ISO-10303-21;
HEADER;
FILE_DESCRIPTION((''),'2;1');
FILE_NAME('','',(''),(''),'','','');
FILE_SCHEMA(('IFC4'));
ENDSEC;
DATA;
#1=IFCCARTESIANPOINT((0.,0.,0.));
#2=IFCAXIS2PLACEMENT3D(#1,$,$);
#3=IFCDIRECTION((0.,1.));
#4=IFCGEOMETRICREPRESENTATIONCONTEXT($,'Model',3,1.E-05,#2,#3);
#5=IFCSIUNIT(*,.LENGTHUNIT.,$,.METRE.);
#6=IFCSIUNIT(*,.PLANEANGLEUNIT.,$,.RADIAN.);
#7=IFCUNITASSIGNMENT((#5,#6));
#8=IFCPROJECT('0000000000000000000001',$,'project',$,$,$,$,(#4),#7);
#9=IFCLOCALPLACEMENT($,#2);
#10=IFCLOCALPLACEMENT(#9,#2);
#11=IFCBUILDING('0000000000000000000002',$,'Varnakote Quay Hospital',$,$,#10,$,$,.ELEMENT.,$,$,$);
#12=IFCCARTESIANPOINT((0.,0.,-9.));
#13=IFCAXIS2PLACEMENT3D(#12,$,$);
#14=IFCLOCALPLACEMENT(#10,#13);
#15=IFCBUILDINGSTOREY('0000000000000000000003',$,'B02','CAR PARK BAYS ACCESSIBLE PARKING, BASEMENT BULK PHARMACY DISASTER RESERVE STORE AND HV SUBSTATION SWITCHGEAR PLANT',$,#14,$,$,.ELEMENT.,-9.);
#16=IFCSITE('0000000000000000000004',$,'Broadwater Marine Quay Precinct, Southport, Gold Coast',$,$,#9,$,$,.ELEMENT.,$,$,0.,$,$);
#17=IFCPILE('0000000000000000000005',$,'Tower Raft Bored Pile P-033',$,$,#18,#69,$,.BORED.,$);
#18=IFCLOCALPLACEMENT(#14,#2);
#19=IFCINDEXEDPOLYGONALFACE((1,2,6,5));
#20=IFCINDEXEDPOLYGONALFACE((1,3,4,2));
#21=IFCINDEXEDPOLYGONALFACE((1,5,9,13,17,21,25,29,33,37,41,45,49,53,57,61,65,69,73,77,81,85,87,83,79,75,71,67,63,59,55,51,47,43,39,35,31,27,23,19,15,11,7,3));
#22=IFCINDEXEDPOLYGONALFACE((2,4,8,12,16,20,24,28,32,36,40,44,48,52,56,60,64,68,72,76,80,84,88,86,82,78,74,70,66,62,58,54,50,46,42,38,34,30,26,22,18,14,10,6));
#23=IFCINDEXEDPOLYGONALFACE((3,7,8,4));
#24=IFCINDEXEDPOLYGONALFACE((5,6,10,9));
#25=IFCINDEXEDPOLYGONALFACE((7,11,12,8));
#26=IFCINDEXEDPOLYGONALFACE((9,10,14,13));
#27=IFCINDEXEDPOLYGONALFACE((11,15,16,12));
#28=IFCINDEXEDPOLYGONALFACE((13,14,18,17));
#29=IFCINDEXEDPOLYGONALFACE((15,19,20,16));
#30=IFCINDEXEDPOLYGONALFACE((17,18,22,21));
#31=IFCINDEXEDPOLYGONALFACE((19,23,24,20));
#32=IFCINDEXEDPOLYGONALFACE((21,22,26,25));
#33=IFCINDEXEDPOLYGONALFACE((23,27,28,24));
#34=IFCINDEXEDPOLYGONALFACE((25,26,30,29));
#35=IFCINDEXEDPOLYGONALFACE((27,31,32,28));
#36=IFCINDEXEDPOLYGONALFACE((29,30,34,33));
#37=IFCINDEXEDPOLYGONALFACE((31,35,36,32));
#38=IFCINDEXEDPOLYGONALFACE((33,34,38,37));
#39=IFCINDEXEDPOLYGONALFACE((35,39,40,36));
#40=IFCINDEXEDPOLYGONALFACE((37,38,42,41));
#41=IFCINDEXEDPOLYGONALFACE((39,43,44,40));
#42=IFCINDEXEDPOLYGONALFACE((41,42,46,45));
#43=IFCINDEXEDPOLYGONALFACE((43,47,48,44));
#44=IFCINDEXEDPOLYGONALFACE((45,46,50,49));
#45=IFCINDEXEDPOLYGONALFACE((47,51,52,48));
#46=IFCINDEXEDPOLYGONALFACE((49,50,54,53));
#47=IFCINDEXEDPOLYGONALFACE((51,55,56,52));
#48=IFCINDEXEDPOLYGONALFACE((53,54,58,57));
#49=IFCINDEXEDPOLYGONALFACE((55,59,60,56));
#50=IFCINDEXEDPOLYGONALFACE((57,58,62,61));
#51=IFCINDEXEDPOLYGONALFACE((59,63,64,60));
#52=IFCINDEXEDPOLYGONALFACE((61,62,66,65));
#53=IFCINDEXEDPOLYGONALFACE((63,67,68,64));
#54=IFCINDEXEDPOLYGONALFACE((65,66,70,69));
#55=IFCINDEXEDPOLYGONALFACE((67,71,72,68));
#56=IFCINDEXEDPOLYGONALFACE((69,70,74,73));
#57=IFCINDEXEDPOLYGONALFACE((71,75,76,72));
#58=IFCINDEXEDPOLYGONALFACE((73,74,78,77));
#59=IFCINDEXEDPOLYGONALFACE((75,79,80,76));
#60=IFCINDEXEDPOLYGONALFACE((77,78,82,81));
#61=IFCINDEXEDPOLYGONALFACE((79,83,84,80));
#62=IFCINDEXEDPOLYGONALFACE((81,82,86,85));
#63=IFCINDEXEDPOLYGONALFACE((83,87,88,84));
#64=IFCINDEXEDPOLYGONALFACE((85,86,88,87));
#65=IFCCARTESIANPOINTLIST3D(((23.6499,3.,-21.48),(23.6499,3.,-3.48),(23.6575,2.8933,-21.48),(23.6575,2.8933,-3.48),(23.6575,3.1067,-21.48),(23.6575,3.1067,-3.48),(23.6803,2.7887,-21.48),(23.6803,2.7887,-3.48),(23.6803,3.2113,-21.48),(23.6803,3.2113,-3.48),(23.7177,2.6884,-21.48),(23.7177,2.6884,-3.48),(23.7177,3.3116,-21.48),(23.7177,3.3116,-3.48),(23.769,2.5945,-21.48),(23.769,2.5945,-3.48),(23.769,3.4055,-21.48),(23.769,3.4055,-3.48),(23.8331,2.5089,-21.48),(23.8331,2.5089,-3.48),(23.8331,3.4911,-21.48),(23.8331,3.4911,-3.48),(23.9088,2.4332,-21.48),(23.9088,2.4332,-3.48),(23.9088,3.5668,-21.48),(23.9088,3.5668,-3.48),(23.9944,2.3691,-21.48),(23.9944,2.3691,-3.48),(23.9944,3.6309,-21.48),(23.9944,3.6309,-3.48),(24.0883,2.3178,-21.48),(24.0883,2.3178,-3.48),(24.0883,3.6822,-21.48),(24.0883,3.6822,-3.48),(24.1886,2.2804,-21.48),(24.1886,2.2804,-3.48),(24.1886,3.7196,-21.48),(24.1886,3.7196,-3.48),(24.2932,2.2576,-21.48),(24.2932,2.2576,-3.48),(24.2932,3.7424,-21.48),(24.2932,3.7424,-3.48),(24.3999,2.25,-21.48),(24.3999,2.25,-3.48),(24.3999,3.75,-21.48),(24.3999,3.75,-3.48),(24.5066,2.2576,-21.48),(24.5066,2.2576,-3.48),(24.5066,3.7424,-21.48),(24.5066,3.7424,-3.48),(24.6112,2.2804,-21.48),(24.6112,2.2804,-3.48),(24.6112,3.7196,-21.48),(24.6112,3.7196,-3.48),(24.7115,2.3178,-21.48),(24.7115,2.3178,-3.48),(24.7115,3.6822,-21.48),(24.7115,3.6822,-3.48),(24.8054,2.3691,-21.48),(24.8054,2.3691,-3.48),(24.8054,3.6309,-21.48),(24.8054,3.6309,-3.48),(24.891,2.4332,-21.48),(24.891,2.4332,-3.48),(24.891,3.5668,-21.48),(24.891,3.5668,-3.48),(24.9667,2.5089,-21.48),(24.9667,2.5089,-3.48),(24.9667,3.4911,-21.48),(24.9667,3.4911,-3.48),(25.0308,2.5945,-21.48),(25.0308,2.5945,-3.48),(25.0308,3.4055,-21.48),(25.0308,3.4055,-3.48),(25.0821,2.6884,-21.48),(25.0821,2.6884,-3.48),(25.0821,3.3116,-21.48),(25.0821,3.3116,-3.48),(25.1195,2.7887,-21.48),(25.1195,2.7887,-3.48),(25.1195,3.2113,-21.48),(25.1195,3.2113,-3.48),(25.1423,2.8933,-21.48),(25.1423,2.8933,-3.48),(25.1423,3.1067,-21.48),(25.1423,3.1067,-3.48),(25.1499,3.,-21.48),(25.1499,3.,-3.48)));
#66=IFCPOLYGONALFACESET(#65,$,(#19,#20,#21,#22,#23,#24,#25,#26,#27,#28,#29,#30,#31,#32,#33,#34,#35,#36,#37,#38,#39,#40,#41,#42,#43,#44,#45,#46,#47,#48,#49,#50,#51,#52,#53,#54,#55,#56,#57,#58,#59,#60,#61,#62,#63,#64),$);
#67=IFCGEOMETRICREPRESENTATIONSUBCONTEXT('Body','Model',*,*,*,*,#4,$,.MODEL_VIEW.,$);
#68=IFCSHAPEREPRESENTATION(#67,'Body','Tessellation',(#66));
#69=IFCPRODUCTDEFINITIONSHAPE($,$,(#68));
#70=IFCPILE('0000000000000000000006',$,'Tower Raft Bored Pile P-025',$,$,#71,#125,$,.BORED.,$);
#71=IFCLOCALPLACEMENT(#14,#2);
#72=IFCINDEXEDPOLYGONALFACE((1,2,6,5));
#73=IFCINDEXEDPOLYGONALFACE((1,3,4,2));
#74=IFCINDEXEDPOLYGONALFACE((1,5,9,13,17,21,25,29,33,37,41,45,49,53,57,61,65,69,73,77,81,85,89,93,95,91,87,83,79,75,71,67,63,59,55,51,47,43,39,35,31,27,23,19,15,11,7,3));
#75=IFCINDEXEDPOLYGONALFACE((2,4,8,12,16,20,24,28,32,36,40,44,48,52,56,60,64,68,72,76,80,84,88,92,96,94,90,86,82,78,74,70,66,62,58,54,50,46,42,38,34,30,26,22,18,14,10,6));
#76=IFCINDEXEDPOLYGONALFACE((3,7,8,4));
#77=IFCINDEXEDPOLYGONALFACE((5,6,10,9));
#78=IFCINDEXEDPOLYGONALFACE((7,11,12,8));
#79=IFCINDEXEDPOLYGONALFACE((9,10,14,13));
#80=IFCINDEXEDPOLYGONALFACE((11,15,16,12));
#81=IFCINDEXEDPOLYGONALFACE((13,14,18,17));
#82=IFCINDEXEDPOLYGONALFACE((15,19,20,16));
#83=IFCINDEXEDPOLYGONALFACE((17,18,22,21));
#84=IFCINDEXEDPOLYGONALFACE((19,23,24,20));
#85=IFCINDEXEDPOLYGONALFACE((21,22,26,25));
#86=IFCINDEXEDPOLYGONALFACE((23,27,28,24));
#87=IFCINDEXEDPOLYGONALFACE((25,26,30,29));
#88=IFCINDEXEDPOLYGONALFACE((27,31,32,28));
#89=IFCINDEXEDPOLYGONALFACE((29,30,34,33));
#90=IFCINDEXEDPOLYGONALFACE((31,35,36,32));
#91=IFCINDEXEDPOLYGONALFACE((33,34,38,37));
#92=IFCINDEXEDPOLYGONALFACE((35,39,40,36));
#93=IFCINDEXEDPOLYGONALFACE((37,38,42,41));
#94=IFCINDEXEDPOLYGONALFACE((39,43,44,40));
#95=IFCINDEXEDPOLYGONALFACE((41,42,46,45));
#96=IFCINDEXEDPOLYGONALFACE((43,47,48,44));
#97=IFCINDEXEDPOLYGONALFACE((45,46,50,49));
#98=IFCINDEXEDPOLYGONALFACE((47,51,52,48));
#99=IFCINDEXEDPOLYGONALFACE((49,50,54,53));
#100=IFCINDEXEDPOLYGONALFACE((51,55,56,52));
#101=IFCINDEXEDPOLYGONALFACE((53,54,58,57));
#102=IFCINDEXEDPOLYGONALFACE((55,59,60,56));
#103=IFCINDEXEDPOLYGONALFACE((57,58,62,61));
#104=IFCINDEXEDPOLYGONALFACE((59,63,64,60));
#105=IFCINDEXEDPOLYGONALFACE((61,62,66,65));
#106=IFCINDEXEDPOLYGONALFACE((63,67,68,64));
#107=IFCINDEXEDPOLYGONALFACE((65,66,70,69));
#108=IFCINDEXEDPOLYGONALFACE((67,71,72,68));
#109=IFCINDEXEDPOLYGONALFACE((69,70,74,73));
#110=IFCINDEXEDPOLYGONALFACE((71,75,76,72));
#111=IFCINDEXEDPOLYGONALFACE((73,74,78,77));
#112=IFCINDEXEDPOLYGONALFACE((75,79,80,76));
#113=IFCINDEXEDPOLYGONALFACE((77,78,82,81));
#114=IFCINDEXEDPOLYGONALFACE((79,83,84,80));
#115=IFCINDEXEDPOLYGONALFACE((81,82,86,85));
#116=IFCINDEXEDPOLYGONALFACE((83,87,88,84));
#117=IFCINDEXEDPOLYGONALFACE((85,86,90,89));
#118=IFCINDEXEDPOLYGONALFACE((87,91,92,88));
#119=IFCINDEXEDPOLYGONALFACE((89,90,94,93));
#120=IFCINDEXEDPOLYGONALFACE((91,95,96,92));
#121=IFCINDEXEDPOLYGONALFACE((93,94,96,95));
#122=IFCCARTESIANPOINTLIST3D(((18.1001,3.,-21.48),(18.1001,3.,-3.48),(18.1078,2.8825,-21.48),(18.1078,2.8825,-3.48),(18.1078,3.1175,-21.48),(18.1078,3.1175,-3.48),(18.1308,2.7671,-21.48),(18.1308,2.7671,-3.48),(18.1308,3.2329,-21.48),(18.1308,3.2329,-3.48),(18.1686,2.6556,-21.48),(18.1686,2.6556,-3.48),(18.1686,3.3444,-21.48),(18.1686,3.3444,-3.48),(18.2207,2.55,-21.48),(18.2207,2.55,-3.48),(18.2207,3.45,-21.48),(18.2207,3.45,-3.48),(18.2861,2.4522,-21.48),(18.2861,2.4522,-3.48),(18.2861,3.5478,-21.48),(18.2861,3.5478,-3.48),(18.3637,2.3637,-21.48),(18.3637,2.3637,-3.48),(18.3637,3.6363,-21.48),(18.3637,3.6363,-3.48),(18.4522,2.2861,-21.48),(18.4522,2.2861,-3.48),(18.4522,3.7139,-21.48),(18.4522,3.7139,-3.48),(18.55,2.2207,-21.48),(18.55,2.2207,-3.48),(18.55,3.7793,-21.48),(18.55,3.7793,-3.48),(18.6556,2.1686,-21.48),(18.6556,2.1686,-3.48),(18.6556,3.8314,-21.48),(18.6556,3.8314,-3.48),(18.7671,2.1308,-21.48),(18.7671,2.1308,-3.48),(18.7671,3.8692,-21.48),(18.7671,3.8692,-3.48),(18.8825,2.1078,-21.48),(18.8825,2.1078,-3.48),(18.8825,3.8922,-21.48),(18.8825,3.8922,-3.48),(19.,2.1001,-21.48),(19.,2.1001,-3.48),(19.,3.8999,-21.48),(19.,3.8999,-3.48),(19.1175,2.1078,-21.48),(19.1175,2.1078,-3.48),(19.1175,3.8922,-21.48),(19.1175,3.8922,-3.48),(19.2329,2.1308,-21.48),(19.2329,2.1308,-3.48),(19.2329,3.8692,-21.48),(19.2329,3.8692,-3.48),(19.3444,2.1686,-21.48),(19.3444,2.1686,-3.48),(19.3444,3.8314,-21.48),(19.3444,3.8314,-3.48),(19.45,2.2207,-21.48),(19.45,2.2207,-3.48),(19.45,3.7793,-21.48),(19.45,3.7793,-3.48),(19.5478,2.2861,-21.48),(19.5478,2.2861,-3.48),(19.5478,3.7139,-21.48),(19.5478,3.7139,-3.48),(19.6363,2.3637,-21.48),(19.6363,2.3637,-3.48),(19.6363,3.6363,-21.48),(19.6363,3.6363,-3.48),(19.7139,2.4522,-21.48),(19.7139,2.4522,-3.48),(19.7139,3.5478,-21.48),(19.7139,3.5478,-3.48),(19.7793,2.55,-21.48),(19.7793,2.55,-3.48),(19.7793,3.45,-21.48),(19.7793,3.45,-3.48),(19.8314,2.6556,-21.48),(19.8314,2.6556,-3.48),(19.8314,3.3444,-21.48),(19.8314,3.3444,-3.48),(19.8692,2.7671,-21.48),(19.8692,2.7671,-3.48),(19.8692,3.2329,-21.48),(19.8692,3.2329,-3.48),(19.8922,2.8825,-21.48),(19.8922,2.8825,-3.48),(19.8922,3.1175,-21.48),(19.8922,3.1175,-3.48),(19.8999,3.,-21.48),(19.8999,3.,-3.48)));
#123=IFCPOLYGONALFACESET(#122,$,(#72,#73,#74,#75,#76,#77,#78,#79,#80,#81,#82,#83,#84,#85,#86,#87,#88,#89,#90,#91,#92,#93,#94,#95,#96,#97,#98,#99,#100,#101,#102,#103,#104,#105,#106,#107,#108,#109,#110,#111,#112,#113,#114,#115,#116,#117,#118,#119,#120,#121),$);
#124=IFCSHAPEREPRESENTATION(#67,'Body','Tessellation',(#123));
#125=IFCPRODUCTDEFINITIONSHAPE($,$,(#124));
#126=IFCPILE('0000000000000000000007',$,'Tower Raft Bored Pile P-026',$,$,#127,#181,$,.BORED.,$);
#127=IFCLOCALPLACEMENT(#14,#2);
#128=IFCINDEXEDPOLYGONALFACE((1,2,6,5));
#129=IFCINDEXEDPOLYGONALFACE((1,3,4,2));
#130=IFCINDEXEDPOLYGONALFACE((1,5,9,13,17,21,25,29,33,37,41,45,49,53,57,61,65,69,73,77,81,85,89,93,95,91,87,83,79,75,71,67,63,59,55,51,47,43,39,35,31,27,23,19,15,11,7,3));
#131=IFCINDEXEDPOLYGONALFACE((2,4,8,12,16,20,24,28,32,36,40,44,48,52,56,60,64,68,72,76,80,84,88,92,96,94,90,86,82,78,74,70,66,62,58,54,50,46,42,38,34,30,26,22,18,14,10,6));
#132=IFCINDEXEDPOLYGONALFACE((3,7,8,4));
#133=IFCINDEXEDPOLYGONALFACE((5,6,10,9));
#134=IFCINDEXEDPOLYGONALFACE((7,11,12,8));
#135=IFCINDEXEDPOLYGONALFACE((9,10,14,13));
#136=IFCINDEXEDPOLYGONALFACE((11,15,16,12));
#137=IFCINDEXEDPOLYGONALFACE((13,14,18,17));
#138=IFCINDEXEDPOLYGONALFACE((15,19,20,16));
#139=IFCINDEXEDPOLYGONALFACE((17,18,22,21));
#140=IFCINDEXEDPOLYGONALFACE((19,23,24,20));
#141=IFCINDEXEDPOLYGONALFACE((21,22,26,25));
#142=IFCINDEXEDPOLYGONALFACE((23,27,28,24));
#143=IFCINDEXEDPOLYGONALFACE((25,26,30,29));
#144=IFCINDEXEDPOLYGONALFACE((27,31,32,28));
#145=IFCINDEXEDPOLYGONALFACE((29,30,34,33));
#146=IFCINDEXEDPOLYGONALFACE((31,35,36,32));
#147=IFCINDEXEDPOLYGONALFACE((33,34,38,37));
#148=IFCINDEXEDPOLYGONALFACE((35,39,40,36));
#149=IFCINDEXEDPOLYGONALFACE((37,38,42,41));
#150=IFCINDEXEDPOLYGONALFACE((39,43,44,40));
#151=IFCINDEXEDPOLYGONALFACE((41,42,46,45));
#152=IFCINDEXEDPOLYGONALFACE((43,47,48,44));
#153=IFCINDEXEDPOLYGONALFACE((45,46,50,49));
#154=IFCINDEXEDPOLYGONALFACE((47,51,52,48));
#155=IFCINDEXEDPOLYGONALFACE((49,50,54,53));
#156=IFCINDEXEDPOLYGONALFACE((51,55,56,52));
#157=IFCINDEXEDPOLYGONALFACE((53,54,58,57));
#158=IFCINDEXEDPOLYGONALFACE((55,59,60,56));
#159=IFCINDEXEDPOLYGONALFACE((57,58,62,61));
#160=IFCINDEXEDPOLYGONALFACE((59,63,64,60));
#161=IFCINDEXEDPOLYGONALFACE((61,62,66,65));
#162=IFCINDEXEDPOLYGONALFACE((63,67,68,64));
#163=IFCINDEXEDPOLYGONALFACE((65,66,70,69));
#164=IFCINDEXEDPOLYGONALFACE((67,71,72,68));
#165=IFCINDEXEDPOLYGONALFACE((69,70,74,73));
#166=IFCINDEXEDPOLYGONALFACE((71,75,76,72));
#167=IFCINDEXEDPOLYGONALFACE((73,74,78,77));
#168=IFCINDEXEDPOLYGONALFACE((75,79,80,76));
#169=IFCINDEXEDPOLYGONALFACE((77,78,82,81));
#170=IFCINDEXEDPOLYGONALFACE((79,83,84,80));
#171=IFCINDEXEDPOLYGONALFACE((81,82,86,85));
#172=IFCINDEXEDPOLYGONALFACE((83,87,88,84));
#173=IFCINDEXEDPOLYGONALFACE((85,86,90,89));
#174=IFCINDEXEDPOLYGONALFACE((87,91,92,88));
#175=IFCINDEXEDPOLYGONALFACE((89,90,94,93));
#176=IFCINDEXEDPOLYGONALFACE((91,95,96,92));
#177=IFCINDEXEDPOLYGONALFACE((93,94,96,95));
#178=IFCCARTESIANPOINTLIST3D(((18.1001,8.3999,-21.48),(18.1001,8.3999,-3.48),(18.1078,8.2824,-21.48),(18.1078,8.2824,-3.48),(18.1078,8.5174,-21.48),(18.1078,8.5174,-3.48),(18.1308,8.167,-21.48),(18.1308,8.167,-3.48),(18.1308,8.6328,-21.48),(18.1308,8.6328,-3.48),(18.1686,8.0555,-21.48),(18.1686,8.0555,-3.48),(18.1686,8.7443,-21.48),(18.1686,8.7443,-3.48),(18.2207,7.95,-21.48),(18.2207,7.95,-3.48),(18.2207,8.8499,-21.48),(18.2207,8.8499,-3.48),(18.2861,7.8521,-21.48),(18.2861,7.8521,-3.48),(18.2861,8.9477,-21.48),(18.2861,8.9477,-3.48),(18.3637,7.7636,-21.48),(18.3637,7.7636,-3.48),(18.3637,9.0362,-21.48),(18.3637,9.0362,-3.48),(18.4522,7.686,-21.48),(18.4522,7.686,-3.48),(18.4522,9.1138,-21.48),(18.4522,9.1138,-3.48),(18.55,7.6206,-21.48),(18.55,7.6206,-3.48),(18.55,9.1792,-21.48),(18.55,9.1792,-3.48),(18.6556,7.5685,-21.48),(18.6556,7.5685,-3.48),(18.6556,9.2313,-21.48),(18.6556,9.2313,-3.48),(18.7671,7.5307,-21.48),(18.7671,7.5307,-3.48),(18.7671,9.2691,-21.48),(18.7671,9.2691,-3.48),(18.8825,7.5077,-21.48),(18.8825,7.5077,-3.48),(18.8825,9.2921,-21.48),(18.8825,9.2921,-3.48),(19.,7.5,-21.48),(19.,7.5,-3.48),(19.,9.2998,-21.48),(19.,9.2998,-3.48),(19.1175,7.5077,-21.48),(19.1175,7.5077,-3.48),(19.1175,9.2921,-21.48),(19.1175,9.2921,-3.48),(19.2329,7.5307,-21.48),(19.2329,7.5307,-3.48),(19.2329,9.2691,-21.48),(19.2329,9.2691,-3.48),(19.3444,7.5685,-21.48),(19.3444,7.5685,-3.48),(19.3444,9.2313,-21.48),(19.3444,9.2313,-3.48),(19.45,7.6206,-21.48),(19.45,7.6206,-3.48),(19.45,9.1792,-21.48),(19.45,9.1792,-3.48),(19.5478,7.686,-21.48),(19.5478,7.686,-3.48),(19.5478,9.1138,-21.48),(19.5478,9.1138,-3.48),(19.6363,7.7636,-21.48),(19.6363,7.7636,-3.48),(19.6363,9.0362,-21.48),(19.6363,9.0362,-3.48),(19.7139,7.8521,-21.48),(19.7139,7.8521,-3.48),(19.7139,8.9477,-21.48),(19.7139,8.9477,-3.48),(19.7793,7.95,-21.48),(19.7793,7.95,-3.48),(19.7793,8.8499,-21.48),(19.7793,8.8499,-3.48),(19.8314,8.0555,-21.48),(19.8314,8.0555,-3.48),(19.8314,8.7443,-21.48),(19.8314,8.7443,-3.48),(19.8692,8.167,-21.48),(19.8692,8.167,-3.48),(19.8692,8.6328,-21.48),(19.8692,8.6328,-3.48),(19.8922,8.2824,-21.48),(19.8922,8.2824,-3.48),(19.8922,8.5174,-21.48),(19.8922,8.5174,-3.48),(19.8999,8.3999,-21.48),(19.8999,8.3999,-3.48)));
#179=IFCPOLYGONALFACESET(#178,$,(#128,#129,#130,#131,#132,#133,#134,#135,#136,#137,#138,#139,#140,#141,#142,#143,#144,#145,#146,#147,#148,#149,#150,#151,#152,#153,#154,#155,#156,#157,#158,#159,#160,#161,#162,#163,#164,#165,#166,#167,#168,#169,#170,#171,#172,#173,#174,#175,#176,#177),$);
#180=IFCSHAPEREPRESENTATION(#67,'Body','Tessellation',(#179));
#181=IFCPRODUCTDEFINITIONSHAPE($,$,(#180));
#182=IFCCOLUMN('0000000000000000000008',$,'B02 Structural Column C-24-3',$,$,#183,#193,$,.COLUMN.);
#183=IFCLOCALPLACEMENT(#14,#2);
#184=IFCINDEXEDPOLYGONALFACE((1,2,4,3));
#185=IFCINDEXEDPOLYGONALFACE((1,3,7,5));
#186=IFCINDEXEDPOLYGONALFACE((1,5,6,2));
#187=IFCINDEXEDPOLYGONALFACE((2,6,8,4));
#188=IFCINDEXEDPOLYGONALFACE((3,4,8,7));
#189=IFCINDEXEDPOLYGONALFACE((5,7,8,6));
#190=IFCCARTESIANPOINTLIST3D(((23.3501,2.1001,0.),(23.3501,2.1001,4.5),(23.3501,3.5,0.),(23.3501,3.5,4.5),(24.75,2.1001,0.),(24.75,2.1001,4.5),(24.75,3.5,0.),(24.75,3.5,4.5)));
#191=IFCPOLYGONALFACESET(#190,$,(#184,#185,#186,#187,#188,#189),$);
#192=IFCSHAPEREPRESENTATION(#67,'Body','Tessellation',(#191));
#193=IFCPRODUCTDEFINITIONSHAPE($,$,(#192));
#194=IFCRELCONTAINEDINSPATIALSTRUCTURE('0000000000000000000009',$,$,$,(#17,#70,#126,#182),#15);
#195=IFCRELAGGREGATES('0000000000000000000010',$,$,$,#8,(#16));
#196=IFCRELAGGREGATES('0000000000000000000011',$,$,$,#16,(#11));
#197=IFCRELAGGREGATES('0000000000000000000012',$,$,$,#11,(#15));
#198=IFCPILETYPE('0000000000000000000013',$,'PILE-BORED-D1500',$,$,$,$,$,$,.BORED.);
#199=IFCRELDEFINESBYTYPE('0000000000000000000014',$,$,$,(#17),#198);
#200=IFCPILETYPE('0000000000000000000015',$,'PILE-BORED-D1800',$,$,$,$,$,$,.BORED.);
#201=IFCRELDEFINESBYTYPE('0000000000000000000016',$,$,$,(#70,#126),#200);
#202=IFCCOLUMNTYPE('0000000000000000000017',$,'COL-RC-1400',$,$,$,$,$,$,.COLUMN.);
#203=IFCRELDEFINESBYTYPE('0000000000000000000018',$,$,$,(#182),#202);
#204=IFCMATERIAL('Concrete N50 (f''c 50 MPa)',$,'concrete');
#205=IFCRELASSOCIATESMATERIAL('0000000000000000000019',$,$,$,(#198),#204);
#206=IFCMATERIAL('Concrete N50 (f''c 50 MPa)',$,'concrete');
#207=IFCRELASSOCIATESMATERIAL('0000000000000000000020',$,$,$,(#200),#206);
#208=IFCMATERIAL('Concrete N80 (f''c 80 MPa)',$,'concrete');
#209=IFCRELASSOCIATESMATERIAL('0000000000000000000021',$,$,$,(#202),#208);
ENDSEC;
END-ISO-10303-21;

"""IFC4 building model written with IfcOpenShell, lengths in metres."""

from ifc_helpers import new_model, si_unit, direction, frame, origin, origin_2d, place, context, subcontext, project, spatial, rectangle, circle, extrude, material, material_profile, profile_set, type_object, element, save


model = new_model("IFC4")

# Units and contexts
model_context = context("Model", 3, precision=1e-05, world=origin(), true_north=direction((0.0, 1.0)))
body_context = subcontext(model_context, "Body", "Model", "MODEL_VIEW")
ifc_project = project(units=[si_unit("LENGTHUNIT", "METRE"), si_unit("PLANEANGLEUNIT", "RADIAN")], contexts=[model_context])

# Site, building, storey
site_placement = place(None, origin())
site = spatial("IfcSite", under=ifc_project, at=site_placement, Name="Broadwater Marine Quay Precinct, Southport, Gold Coast", CompositionType="ELEMENT", RefElevation=0.0)
building_placement = place(site_placement, origin())
building = spatial("IfcBuilding", under=site, at=building_placement, Name="Varnakote Quay Hospital", CompositionType="ELEMENT")
storey_placement = place(building_placement, frame((0.0, 0.0, -9.0)))
storey = spatial("IfcBuildingStorey", under=building, at=storey_placement, Name="B02", Description="CAR PARK BAYS ACCESSIBLE PARKING, BASEMENT BULK PHARMACY DISASTER RESERVE STORE AND HV SUBSTATION SWITCHGEAR PLANT", CompositionType="ELEMENT", Elevation=-9.0)

# Piles
ifc_material_1 = material(Name="Concrete N50 (f'c 50 MPa)", Category="concrete")
ifc_material_profile_1 = material_profile(ifc_material_1, circle(Radius=0.75, at=origin_2d()), Name="PILE-D1500")
ifc_profile_set_1 = profile_set([ifc_material_profile_1], Name="Concrete N50 (f'c 50 MPa)")
pile_type_1 = type_object("IfcPileType", Name="PILE-BORED-D1500", PredefinedType="BORED", material=ifc_profile_set_1)
pile_placement = place(storey_placement, frame((24.3999, 3.0, -3.48), z_axis=(0.0, 0.0, -1.0), x_axis=(1.0, 0.0, 0.0)))
element("IfcPile", 1, at=pile_placement, inside=storey, type_object=pile_type_1, Name="Tower Raft Bored Pile P-033", PredefinedType="BORED", context=body_context, shape_type="SweptSolid", body=[
    extrude(circle(Radius=0.75, at=origin_2d()), origin(), (0.0, 0.0, 1.0), 18.0),
])
ifc_material_2 = material(Name="Concrete N50 (f'c 50 MPa)", Category="concrete")
ifc_material_profile_2 = material_profile(ifc_material_2, circle(Radius=0.8999, at=origin_2d()), Name="PILE-D1800")
ifc_profile_set_2 = profile_set([ifc_material_profile_2], Name="Concrete N50 (f'c 50 MPa)")
pile_type_2 = type_object("IfcPileType", Name="PILE-BORED-D1800", PredefinedType="BORED", material=ifc_profile_set_2)
for number, where, z_axis, x_axis, name in (
    (2, (19.0, 3.0, -3.48), (0.0, 0.0, -1.0), (1.0, 0.0, 0.0), "Tower Raft Bored Pile P-025"),
    (3, (19.0, 8.3999, -3.48), (0.0, 0.0, -1.0), (1.0, 0.0, 0.0), "Tower Raft Bored Pile P-026"),
):
    element("IfcPile", number, at=place(storey_placement, frame(where, z_axis=z_axis, x_axis=x_axis)), inside=storey, type_object=pile_type_2, Name=name, PredefinedType="BORED", context=body_context, shape_type="SweptSolid", body=[
        extrude(circle(Radius=0.8999, at=origin_2d()), origin(), (0.0, 0.0, 1.0), 18.0),
    ])

# Column
ifc_material_3 = material(Name="Concrete N80 (f'c 80 MPa)", Category="concrete")
ifc_material_profile_3 = material_profile(ifc_material_3, rectangle(XDim=1.3999, YDim=1.3999, at=origin_2d()), Name="RC-COL-1400x1400")
ifc_profile_set_3 = profile_set([ifc_material_profile_3], Name="Concrete N80 (f'c 80 MPa)")
column_type_1 = type_object("IfcColumnType", Name="COL-RC-1400", PredefinedType="COLUMN", material=ifc_profile_set_3)
column_1_placement = place(storey_placement, frame((24.05, 2.8, 0.0), z_axis=(0.0, 0.0, 1.0), x_axis=(1.0, 0.0, 0.0)))
element("IfcColumn", 4, at=column_1_placement, inside=storey, type_object=column_type_1, Name="B02 Structural Column C-24-3", PredefinedType="COLUMN", context=body_context, shape_type="SweptSolid", body=[
    extrude(rectangle(XDim=1.3999, YDim=1.3999, at=origin_2d()), origin(), (0.0, 0.0, 1.0), 4.5),
])

save(model, "model.ifc")
